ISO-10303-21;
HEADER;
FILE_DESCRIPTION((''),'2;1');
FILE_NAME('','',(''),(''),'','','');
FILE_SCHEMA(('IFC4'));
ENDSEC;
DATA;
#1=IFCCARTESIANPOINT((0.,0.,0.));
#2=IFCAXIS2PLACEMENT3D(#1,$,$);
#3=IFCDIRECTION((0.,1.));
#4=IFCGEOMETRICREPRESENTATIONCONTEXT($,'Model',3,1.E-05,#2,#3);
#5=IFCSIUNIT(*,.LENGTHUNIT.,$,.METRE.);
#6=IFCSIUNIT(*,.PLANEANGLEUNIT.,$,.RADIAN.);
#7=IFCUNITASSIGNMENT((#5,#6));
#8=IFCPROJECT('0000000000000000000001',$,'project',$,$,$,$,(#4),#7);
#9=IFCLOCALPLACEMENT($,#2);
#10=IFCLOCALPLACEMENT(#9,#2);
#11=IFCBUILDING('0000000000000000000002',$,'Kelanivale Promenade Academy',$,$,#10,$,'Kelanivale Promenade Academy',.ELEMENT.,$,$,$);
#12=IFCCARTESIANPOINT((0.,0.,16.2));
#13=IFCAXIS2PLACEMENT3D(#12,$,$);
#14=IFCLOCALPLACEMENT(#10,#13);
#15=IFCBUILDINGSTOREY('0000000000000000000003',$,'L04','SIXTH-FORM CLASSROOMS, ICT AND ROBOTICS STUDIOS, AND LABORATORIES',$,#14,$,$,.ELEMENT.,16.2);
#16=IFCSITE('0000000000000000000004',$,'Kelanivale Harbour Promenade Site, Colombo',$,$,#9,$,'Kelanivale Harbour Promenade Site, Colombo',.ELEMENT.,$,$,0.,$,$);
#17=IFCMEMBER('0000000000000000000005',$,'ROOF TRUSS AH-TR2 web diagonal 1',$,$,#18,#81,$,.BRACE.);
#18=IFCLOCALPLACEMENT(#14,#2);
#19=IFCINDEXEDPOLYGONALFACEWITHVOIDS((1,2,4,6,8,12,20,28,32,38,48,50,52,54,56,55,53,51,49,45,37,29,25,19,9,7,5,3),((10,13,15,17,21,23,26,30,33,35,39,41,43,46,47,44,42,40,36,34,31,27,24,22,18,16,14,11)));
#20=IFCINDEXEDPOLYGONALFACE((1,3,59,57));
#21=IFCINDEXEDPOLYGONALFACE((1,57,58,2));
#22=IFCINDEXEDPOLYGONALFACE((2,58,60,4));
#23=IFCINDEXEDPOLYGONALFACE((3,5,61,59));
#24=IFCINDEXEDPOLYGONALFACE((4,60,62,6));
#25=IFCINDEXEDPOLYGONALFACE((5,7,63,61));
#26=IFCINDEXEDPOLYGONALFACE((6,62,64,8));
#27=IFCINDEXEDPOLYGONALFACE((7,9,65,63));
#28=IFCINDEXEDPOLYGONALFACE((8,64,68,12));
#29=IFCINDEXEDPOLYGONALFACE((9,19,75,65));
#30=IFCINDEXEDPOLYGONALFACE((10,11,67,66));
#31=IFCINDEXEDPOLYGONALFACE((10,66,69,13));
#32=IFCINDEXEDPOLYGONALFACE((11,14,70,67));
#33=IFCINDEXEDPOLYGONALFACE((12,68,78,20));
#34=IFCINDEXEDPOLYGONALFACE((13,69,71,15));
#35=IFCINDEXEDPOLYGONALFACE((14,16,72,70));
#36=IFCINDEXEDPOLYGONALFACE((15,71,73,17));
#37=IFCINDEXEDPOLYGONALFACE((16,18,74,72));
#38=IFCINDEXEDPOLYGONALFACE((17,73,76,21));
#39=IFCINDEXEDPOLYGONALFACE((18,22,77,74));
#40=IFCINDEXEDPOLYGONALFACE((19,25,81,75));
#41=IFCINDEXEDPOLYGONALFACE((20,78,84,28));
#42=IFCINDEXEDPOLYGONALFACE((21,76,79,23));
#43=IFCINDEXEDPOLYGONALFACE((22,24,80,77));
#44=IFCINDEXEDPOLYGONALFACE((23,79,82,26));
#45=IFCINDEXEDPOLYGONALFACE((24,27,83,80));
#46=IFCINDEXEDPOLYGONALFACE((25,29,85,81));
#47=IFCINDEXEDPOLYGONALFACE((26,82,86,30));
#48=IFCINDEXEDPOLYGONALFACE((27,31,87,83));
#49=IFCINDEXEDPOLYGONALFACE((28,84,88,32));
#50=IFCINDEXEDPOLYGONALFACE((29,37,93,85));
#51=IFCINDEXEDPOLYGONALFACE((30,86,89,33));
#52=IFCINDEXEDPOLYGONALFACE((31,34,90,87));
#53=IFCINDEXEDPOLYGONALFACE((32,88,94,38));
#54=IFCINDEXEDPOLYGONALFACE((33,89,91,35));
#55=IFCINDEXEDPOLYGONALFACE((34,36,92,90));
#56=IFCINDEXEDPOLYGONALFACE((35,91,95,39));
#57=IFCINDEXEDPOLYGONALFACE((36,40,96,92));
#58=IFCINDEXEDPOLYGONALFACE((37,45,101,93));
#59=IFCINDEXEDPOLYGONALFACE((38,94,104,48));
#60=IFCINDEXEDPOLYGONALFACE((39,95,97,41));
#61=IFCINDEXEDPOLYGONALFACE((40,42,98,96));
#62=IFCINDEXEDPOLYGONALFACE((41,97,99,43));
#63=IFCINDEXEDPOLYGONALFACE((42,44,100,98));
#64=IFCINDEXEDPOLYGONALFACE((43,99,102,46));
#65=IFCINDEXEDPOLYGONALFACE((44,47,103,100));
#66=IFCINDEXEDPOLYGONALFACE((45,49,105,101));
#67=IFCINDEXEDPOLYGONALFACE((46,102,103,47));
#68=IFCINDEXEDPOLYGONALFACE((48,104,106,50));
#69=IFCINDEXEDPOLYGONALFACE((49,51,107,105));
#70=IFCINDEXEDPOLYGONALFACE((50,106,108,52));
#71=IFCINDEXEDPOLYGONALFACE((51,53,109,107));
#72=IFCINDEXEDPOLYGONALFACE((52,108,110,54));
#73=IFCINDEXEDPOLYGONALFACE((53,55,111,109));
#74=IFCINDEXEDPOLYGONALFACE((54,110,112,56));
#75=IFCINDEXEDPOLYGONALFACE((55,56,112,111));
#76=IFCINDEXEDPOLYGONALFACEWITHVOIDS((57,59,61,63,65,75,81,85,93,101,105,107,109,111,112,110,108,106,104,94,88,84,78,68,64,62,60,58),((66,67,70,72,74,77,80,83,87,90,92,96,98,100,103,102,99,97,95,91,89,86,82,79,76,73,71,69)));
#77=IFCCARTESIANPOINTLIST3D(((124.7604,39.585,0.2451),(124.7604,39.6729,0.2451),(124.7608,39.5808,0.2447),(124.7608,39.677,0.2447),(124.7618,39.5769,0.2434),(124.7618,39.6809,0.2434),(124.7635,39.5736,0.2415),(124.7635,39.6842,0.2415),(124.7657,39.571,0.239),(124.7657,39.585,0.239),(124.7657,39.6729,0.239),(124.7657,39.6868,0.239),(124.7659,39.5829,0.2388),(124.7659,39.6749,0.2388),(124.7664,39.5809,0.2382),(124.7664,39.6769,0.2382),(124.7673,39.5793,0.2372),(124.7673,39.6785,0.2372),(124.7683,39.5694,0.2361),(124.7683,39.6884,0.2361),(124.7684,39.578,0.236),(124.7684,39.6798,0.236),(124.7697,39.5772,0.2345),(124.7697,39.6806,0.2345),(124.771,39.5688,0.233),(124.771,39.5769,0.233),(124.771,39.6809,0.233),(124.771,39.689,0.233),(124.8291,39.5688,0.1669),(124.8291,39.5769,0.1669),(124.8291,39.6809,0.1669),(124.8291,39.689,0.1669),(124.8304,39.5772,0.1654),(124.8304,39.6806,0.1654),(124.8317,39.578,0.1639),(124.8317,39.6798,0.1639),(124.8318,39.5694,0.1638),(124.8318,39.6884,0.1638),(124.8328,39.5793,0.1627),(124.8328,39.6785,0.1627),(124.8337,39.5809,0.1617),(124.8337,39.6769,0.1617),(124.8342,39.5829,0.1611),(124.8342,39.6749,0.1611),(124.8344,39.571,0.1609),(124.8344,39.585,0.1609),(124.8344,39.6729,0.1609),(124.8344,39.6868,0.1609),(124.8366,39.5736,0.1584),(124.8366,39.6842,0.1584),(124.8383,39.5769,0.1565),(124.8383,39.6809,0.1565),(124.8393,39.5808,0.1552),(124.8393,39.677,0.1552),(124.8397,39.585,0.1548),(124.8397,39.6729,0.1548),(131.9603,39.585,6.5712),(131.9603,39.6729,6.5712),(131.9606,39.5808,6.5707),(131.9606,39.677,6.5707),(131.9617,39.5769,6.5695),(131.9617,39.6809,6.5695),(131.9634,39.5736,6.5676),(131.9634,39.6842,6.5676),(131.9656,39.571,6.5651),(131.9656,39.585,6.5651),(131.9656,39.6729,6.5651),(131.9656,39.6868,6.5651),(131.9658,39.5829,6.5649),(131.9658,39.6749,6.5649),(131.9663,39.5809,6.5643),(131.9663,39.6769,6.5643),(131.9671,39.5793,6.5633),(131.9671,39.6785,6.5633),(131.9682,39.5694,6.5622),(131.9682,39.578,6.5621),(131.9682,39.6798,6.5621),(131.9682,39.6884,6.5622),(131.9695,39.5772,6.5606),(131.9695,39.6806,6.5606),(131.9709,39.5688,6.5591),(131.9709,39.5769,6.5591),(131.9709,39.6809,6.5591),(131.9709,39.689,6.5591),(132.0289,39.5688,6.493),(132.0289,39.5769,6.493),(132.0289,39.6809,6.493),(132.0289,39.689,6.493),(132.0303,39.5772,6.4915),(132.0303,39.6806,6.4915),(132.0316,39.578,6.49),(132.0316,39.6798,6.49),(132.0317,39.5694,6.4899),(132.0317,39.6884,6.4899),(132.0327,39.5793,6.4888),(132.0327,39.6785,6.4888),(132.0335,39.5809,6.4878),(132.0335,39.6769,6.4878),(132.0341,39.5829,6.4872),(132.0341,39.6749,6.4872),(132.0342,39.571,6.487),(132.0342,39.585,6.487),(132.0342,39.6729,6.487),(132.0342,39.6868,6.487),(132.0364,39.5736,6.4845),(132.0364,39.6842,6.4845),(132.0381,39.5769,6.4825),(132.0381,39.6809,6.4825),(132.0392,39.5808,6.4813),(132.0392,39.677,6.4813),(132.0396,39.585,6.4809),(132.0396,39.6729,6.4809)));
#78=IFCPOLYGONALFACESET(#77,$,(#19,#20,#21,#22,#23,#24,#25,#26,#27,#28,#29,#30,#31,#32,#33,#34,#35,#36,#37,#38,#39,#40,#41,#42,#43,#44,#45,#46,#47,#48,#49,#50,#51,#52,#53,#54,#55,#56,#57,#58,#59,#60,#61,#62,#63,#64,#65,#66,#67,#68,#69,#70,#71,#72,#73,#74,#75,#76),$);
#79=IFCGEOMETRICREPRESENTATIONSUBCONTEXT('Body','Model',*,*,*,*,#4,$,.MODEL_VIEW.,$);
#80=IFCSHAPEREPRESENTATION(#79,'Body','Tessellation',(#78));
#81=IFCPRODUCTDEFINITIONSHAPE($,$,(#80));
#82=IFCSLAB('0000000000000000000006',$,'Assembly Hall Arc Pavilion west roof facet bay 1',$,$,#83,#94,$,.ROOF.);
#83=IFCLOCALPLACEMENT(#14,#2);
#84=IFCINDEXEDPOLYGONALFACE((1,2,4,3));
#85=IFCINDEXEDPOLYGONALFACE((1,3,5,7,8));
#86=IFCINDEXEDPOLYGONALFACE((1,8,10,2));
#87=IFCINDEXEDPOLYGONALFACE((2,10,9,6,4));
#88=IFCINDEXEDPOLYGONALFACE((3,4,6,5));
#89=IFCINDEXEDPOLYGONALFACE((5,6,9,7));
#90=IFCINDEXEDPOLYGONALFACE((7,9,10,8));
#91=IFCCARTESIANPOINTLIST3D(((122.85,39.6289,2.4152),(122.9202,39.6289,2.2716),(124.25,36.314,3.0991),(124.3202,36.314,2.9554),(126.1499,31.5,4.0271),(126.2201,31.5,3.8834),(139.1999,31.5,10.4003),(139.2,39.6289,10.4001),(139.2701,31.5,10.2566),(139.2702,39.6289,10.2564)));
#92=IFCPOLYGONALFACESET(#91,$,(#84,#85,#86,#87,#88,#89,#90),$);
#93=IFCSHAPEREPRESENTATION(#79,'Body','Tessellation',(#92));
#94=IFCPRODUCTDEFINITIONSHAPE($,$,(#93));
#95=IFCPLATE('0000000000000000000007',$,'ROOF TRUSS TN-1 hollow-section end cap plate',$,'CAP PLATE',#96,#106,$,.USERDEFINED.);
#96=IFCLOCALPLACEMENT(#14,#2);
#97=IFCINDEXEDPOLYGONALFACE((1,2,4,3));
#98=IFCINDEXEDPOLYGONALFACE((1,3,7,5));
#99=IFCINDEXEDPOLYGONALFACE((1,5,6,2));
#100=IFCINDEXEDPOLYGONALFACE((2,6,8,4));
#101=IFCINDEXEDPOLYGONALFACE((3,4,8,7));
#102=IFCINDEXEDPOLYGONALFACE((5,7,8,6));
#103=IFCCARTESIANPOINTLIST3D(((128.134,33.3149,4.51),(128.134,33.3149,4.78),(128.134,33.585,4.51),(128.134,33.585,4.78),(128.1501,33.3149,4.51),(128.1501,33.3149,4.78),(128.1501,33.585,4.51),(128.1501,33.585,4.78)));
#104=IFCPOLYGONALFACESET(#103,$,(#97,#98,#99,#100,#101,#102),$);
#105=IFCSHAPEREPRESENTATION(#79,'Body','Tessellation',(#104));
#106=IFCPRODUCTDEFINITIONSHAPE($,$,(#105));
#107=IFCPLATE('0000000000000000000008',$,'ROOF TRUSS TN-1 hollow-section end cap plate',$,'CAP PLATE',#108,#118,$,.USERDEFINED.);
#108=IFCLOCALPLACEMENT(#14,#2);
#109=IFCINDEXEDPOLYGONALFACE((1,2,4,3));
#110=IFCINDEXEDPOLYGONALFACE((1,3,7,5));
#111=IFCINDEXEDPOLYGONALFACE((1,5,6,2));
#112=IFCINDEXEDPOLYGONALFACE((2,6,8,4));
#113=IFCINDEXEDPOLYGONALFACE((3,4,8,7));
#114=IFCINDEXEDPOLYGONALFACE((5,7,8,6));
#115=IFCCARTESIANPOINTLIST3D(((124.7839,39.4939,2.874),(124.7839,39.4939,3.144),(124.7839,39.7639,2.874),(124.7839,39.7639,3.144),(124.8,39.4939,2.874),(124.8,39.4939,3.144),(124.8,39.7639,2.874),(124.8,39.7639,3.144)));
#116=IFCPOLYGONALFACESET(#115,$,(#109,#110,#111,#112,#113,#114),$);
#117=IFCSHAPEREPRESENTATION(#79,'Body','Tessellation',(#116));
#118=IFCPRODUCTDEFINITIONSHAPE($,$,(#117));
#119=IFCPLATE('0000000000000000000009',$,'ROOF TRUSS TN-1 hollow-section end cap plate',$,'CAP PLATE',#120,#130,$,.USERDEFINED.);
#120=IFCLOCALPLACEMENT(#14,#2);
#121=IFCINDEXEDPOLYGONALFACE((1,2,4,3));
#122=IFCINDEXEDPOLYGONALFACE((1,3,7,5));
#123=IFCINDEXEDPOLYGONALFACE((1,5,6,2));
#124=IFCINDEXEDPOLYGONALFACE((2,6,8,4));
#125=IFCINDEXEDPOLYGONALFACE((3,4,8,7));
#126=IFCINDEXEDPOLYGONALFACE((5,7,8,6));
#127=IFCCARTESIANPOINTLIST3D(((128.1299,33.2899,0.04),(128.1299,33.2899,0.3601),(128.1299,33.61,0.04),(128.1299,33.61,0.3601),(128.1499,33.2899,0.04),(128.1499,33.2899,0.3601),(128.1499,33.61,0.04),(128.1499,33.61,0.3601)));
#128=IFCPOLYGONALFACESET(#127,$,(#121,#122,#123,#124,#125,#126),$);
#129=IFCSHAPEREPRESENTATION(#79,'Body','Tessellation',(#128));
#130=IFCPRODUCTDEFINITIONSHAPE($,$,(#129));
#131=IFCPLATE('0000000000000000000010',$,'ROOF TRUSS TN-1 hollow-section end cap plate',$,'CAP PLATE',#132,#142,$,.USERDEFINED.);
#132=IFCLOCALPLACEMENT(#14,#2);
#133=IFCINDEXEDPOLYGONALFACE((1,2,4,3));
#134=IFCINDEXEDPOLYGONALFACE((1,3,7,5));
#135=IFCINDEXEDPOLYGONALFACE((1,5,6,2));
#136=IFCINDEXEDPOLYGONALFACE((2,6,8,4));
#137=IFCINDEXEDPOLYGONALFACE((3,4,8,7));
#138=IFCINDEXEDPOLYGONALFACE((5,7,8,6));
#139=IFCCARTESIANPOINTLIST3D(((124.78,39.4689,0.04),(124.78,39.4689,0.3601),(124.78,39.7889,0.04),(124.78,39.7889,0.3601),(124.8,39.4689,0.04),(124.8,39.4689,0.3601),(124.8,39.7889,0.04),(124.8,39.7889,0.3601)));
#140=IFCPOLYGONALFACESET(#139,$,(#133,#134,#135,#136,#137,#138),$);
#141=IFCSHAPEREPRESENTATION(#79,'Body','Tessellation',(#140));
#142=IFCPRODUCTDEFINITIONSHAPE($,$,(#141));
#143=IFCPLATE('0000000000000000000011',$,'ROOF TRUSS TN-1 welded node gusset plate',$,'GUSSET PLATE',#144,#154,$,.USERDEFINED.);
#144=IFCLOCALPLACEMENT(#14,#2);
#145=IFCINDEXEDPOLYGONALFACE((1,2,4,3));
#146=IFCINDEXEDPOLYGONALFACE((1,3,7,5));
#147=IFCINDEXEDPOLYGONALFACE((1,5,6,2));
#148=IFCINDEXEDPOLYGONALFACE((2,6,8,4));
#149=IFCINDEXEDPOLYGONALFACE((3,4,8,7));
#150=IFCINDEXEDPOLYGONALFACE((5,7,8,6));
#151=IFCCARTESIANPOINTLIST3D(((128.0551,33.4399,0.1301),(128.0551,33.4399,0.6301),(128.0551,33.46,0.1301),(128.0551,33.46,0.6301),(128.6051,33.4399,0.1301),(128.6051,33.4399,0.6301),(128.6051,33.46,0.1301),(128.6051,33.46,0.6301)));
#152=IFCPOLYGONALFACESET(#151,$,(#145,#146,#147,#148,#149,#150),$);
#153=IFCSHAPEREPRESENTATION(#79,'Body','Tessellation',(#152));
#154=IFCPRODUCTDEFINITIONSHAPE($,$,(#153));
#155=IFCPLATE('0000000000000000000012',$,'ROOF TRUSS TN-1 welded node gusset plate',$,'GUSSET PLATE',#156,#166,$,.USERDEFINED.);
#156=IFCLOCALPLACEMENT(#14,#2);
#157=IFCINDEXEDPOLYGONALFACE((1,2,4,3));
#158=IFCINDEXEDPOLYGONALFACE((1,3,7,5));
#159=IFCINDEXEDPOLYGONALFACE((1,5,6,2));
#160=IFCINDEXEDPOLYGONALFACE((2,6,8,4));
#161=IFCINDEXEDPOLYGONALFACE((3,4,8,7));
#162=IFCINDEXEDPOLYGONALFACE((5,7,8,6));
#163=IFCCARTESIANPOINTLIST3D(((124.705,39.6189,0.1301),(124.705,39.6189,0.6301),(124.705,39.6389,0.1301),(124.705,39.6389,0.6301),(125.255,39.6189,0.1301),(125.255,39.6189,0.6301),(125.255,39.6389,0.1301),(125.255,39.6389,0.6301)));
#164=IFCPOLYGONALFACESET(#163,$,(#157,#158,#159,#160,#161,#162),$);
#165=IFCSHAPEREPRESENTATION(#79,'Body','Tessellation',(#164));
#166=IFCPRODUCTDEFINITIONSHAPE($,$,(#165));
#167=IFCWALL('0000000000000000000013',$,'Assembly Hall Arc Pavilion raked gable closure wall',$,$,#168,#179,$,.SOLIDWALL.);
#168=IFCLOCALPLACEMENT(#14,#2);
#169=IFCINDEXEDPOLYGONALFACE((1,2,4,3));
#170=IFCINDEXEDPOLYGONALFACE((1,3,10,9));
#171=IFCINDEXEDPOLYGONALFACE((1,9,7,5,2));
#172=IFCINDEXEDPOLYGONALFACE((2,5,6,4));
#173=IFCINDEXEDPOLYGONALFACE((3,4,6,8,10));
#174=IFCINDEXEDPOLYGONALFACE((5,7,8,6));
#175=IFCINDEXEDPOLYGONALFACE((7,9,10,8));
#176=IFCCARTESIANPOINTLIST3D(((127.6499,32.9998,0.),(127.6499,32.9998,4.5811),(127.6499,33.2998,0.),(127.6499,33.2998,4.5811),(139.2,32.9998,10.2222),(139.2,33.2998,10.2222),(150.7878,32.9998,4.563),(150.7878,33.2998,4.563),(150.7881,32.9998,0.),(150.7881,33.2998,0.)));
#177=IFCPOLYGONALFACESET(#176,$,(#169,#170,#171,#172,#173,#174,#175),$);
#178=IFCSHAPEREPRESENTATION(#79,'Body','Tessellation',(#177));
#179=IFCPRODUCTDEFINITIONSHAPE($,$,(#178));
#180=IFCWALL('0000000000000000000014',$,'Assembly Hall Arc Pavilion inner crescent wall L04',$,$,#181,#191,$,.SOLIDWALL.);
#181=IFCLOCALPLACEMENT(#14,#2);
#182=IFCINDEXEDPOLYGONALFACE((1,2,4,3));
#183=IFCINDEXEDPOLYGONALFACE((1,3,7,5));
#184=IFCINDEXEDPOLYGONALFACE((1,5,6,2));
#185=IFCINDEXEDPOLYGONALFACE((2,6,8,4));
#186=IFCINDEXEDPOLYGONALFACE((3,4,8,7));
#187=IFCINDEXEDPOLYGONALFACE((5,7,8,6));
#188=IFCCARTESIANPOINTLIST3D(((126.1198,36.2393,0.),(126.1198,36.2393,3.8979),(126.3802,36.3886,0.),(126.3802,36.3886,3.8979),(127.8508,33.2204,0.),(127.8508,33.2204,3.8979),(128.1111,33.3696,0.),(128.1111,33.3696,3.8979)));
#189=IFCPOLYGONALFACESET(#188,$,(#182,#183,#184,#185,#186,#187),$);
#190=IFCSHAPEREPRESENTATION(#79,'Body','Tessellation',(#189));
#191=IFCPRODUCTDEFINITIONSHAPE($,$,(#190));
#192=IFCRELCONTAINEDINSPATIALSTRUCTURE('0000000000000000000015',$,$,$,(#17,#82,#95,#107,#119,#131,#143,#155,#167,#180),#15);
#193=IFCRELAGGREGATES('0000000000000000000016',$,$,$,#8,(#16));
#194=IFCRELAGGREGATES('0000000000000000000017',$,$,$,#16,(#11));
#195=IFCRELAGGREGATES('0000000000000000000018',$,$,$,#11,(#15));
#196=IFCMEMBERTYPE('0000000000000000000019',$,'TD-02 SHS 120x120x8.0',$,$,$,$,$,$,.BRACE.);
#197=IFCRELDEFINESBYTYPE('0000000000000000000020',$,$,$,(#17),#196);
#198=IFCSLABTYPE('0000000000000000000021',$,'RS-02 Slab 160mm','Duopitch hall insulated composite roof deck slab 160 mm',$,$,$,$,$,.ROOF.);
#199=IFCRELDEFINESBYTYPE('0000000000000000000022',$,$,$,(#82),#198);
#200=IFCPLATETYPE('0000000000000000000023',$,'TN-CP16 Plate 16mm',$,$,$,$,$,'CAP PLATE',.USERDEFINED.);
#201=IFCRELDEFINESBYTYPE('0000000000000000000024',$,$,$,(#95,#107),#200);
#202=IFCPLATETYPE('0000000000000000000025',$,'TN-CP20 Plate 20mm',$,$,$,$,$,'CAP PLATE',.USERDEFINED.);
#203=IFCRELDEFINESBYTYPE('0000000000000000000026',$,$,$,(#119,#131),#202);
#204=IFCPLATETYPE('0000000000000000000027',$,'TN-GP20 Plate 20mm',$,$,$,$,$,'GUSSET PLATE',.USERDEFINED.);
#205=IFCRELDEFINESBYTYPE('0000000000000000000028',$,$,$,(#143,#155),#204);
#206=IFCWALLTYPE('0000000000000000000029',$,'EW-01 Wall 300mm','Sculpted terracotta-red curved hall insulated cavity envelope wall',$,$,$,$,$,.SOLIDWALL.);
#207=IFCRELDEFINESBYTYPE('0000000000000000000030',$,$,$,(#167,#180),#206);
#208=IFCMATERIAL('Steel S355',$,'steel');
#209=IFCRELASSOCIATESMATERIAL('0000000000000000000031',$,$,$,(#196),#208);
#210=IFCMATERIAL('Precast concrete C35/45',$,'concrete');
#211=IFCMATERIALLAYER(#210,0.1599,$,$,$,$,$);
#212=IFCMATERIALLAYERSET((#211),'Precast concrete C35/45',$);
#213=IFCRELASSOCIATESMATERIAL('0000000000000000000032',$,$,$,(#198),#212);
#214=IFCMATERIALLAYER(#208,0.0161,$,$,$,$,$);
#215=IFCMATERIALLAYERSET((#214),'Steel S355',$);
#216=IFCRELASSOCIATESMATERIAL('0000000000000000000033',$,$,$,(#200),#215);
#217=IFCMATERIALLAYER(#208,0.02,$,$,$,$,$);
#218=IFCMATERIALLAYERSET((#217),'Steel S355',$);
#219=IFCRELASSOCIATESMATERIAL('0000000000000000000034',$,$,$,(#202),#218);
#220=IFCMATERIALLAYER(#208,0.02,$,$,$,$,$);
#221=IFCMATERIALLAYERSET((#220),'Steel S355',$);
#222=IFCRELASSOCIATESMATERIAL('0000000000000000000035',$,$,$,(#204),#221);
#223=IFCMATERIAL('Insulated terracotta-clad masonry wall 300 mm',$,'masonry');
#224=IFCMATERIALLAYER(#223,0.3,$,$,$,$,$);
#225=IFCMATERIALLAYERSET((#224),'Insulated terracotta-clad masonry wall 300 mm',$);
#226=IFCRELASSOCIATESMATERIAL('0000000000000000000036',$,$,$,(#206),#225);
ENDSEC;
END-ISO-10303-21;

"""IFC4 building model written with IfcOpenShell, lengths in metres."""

from ifc_helpers import new_model, si_unit, direction, frame, frame_2d, origin, origin_2d, place, context, subcontext, project, spatial, polyline, rectangle, hollow_rectangle, outline, extrude, material, layer, layer_set, material_profile, profile_set, type_object, element, save


model = new_model("IFC4")

# Units and contexts
model_context = context("Model", 3, precision=1e-05, world=origin(), true_north=direction((0.0, 1.0)))
body_context = subcontext(model_context, "Body", "Model", "MODEL_VIEW")
ifc_project = project(units=[si_unit("LENGTHUNIT", "METRE"), si_unit("PLANEANGLEUNIT", "RADIAN")], contexts=[model_context])

# Site, building, storey
site_placement = place(None, origin())
site = spatial("IfcSite", under=ifc_project, at=site_placement, Name="Kelanivale Harbour Promenade Site, Colombo", LongName="Kelanivale Harbour Promenade Site, Colombo", CompositionType="ELEMENT", RefElevation=0.0)
building_placement = place(site_placement, origin())
building = spatial("IfcBuilding", under=site, at=building_placement, Name="Kelanivale Promenade Academy", LongName="Kelanivale Promenade Academy", CompositionType="ELEMENT")
storey_placement = place(building_placement, frame((0.0, 0.0, 16.2)))
storey = spatial("IfcBuildingStorey", under=building, at=storey_placement, Name="L04", Description="SIXTH-FORM CLASSROOMS, ICT AND ROBOTICS STUDIOS, AND LABORATORIES", CompositionType="ELEMENT", Elevation=16.2)

# Shared definitions
ifc_material_1 = material(Name="Steel S355", Category="steel")

# Member
ifc_material_profile_1 = material_profile(ifc_material_1, hollow_rectangle(XDim=0.1201, YDim=0.1201, WallThickness=0.0081, InnerFilletRadius=0.0081, OuterFilletRadius=0.0161, at=origin_2d()), Name="SHS 120x120x8.0")
ifc_profile_set_1 = profile_set([ifc_material_profile_1], Name="Steel S355")
member_type_1 = type_object("IfcMemberType", Name="TD-02 SHS 120x120x8.0", PredefinedType="BRACE", material=ifc_profile_set_1)
member_1_placement = place(storey_placement, frame((124.8, 39.6289, 0.2), z_axis=(0.75122, 0.0, 0.660052), x_axis=(0.0, 1.0, 0.0)))
element("IfcMember", 1, at=member_1_placement, inside=storey, type_object=member_type_1, Name="ROOF TRUSS AH-TR2 web diagonal 1", PredefinedType="BRACE", context=body_context, shape_type="SweptSolid", body=[
    extrude(hollow_rectangle(XDim=0.1201, YDim=0.1201, WallThickness=0.0081, InnerFilletRadius=0.0081, OuterFilletRadius=0.0161, at=origin_2d()), origin(), (0.0, 0.0, 1.0), 9.5842),
])

# Slab
ifc_material_2 = material(Name="Precast concrete C35/45", Category="concrete")
ifc_layer_1 = layer(ifc_material_2, 0.1599)
ifc_layer_set_1 = layer_set([ifc_layer_1], Name="Precast concrete C35/45")
slab_type = type_object("IfcSlabType", Name="RS-02 Slab 160mm", Description="Duopitch hall insulated composite roof deck slab 160 mm", PredefinedType="ROOF", material=ifc_layer_set_1)
slab_placement = place(storey_placement, frame((126.1499, 31.5, 4.0271), z_axis=(-0.438832, 0.000031, 0.898569), x_axis=(0.898569, 0.0, 0.438832)))
element("IfcSlab", 2, at=slab_placement, inside=storey, type_object=slab_type, Name="Assembly Hall Arc Pavilion west roof facet bay 1", PredefinedType="ROOF", context=body_context, shape_type="SweptSolid", body=[
    extrude(outline(polyline([(0.0, 0.0), (14.5231, 0.0), (14.5231, 8.1289), (-3.6725, 8.1289), (-2.1144, 4.814), (0.0, 0.0)])), origin(), (0.0, 0.0, -1.0), 0.1599),
])

# Plates
ifc_layer_2 = layer(ifc_material_1, 0.0161)
ifc_layer_set_2 = layer_set([ifc_layer_2], Name="Steel S355")
plate_type_1 = type_object("IfcPlateType", Name="TN-CP16 Plate 16mm", ElementType="CAP PLATE", PredefinedType="USERDEFINED", material=ifc_layer_set_2)
for number, where, z_axis, x_axis, name in (
    (3, (128.1421, 33.45, 4.51), (0.0, 0.0, 1.0), (-1.0, 0.0, 0.0), "ROOF TRUSS TN-1 hollow-section end cap plate"),
    (4, (124.792, 39.6289, 2.874), (0.0, 0.0, 1.0), (-1.0, 0.0, 0.0), "ROOF TRUSS TN-1 hollow-section end cap plate"),
):
    element("IfcPlate", number, at=place(storey_placement, frame(where, z_axis=z_axis, x_axis=x_axis)), inside=storey, type_object=plate_type_1, Name=name, ObjectType="CAP PLATE", PredefinedType="USERDEFINED", context=body_context, shape_type="SweptSolid", body=[
        extrude(rectangle(XDim=0.0161, YDim=0.27, at=origin_2d()), origin(), (0.0, 0.0, 1.0), 0.27),
    ])
ifc_layer_3 = layer(ifc_material_1, 0.02)
ifc_layer_set_3 = layer_set([ifc_layer_3], Name="Steel S355")
plate_type_2 = type_object("IfcPlateType", Name="TN-CP20 Plate 20mm", ElementType="CAP PLATE", PredefinedType="USERDEFINED", material=ifc_layer_set_3)
for number, where, z_axis, x_axis, name in (
    (5, (128.1399, 33.45, 0.04), (0.0, 0.0, 1.0), (-1.0, 0.0, 0.0), "ROOF TRUSS TN-1 hollow-section end cap plate"),
    (6, (124.79, 39.6289, 0.04), (0.0, 0.0, 1.0), (-1.0, 0.0, 0.0), "ROOF TRUSS TN-1 hollow-section end cap plate"),
):
    element("IfcPlate", number, at=place(storey_placement, frame(where, z_axis=z_axis, x_axis=x_axis)), inside=storey, type_object=plate_type_2, Name=name, ObjectType="CAP PLATE", PredefinedType="USERDEFINED", context=body_context, shape_type="SweptSolid", body=[
        extrude(rectangle(XDim=0.02, YDim=0.3201, at=origin_2d()), origin(), (0.0, 0.0, 1.0), 0.3201),
    ])
ifc_layer_4 = layer(ifc_material_1, 0.02)
ifc_layer_set_4 = layer_set([ifc_layer_4], Name="Steel S355")
plate_type_3 = type_object("IfcPlateType", Name="TN-GP20 Plate 20mm", ElementType="GUSSET PLATE", PredefinedType="USERDEFINED", material=ifc_layer_set_4)
for number, where, z_axis, x_axis, name in (
    (7, (128.3301, 33.45, 0.1301), (0.0, 0.0, 1.0), (1.0, 0.0, 0.0), "ROOF TRUSS TN-1 welded node gusset plate"),
    (8, (124.98, 39.6289, 0.1301), (0.0, 0.0, 1.0), (1.0, 0.0, 0.0), "ROOF TRUSS TN-1 welded node gusset plate"),
):
    element("IfcPlate", number, at=place(storey_placement, frame(where, z_axis=z_axis, x_axis=x_axis)), inside=storey, type_object=plate_type_3, Name=name, ObjectType="GUSSET PLATE", PredefinedType="USERDEFINED", context=body_context, shape_type="SweptSolid", body=[
        extrude(rectangle(XDim=0.55, YDim=0.02, at=origin_2d()), origin(), (0.0, 0.0, 1.0), 0.5),
    ])

# Walls
ifc_material_3 = material(Name="Insulated terracotta-clad masonry wall 300 mm", Category="masonry")
ifc_layer_5 = layer(ifc_material_3, 0.3)
ifc_layer_set_5 = layer_set([ifc_layer_5], Name="Insulated terracotta-clad masonry wall 300 mm")
wall_type = type_object("IfcWallType", Name="EW-01 Wall 300mm", Description="Sculpted terracotta-red curved hall insulated cavity envelope wall", PredefinedType="SOLIDWALL", material=ifc_layer_set_5)
wall_1_placement = place(storey_placement, frame((127.6499, 33.1499, 0.0), z_axis=(0.0, 0.0, 1.0), x_axis=(1.0, 0.0, 0.0)))
element("IfcWall", 9, at=wall_1_placement, inside=storey, type_object=wall_type, Name="Assembly Hall Arc Pavilion raked gable closure wall", PredefinedType="SOLIDWALL", context=body_context, shape_type="SweptSolid", body=[
    extrude(outline(polyline([(0.0, 0.0), (23.1382, 0.0), (23.1379, 4.563), (11.55, 10.2222), (0.0, 4.5811), (0.0, 0.0)])), frame((0.0, 0.1499, 0.0), z_axis=(0.0, -1.0, 0.0), x_axis=(1.0, 0.0, 0.0)), (0.0, 0.0, 1.0), 0.3),
])
wall_2_placement = place(storey_placement, frame((126.25, 36.314, 0.0), z_axis=(0.0, 0.0, 1.0), x_axis=(0.497393, -0.867526, 0.0)))
element("IfcWall", 10, at=wall_2_placement, inside=storey, type_object=wall_type, Name="Assembly Hall Arc Pavilion inner crescent wall L04", PredefinedType="SOLIDWALL", context=body_context, shape_type="SweptSolid", body=[
    extrude(rectangle(XDim=3.48, YDim=0.3, at=frame_2d((1.74, 0.0))), origin(), (0.0, 0.0, 1.0), 3.8979),
])

save(model, "model.ifc")
